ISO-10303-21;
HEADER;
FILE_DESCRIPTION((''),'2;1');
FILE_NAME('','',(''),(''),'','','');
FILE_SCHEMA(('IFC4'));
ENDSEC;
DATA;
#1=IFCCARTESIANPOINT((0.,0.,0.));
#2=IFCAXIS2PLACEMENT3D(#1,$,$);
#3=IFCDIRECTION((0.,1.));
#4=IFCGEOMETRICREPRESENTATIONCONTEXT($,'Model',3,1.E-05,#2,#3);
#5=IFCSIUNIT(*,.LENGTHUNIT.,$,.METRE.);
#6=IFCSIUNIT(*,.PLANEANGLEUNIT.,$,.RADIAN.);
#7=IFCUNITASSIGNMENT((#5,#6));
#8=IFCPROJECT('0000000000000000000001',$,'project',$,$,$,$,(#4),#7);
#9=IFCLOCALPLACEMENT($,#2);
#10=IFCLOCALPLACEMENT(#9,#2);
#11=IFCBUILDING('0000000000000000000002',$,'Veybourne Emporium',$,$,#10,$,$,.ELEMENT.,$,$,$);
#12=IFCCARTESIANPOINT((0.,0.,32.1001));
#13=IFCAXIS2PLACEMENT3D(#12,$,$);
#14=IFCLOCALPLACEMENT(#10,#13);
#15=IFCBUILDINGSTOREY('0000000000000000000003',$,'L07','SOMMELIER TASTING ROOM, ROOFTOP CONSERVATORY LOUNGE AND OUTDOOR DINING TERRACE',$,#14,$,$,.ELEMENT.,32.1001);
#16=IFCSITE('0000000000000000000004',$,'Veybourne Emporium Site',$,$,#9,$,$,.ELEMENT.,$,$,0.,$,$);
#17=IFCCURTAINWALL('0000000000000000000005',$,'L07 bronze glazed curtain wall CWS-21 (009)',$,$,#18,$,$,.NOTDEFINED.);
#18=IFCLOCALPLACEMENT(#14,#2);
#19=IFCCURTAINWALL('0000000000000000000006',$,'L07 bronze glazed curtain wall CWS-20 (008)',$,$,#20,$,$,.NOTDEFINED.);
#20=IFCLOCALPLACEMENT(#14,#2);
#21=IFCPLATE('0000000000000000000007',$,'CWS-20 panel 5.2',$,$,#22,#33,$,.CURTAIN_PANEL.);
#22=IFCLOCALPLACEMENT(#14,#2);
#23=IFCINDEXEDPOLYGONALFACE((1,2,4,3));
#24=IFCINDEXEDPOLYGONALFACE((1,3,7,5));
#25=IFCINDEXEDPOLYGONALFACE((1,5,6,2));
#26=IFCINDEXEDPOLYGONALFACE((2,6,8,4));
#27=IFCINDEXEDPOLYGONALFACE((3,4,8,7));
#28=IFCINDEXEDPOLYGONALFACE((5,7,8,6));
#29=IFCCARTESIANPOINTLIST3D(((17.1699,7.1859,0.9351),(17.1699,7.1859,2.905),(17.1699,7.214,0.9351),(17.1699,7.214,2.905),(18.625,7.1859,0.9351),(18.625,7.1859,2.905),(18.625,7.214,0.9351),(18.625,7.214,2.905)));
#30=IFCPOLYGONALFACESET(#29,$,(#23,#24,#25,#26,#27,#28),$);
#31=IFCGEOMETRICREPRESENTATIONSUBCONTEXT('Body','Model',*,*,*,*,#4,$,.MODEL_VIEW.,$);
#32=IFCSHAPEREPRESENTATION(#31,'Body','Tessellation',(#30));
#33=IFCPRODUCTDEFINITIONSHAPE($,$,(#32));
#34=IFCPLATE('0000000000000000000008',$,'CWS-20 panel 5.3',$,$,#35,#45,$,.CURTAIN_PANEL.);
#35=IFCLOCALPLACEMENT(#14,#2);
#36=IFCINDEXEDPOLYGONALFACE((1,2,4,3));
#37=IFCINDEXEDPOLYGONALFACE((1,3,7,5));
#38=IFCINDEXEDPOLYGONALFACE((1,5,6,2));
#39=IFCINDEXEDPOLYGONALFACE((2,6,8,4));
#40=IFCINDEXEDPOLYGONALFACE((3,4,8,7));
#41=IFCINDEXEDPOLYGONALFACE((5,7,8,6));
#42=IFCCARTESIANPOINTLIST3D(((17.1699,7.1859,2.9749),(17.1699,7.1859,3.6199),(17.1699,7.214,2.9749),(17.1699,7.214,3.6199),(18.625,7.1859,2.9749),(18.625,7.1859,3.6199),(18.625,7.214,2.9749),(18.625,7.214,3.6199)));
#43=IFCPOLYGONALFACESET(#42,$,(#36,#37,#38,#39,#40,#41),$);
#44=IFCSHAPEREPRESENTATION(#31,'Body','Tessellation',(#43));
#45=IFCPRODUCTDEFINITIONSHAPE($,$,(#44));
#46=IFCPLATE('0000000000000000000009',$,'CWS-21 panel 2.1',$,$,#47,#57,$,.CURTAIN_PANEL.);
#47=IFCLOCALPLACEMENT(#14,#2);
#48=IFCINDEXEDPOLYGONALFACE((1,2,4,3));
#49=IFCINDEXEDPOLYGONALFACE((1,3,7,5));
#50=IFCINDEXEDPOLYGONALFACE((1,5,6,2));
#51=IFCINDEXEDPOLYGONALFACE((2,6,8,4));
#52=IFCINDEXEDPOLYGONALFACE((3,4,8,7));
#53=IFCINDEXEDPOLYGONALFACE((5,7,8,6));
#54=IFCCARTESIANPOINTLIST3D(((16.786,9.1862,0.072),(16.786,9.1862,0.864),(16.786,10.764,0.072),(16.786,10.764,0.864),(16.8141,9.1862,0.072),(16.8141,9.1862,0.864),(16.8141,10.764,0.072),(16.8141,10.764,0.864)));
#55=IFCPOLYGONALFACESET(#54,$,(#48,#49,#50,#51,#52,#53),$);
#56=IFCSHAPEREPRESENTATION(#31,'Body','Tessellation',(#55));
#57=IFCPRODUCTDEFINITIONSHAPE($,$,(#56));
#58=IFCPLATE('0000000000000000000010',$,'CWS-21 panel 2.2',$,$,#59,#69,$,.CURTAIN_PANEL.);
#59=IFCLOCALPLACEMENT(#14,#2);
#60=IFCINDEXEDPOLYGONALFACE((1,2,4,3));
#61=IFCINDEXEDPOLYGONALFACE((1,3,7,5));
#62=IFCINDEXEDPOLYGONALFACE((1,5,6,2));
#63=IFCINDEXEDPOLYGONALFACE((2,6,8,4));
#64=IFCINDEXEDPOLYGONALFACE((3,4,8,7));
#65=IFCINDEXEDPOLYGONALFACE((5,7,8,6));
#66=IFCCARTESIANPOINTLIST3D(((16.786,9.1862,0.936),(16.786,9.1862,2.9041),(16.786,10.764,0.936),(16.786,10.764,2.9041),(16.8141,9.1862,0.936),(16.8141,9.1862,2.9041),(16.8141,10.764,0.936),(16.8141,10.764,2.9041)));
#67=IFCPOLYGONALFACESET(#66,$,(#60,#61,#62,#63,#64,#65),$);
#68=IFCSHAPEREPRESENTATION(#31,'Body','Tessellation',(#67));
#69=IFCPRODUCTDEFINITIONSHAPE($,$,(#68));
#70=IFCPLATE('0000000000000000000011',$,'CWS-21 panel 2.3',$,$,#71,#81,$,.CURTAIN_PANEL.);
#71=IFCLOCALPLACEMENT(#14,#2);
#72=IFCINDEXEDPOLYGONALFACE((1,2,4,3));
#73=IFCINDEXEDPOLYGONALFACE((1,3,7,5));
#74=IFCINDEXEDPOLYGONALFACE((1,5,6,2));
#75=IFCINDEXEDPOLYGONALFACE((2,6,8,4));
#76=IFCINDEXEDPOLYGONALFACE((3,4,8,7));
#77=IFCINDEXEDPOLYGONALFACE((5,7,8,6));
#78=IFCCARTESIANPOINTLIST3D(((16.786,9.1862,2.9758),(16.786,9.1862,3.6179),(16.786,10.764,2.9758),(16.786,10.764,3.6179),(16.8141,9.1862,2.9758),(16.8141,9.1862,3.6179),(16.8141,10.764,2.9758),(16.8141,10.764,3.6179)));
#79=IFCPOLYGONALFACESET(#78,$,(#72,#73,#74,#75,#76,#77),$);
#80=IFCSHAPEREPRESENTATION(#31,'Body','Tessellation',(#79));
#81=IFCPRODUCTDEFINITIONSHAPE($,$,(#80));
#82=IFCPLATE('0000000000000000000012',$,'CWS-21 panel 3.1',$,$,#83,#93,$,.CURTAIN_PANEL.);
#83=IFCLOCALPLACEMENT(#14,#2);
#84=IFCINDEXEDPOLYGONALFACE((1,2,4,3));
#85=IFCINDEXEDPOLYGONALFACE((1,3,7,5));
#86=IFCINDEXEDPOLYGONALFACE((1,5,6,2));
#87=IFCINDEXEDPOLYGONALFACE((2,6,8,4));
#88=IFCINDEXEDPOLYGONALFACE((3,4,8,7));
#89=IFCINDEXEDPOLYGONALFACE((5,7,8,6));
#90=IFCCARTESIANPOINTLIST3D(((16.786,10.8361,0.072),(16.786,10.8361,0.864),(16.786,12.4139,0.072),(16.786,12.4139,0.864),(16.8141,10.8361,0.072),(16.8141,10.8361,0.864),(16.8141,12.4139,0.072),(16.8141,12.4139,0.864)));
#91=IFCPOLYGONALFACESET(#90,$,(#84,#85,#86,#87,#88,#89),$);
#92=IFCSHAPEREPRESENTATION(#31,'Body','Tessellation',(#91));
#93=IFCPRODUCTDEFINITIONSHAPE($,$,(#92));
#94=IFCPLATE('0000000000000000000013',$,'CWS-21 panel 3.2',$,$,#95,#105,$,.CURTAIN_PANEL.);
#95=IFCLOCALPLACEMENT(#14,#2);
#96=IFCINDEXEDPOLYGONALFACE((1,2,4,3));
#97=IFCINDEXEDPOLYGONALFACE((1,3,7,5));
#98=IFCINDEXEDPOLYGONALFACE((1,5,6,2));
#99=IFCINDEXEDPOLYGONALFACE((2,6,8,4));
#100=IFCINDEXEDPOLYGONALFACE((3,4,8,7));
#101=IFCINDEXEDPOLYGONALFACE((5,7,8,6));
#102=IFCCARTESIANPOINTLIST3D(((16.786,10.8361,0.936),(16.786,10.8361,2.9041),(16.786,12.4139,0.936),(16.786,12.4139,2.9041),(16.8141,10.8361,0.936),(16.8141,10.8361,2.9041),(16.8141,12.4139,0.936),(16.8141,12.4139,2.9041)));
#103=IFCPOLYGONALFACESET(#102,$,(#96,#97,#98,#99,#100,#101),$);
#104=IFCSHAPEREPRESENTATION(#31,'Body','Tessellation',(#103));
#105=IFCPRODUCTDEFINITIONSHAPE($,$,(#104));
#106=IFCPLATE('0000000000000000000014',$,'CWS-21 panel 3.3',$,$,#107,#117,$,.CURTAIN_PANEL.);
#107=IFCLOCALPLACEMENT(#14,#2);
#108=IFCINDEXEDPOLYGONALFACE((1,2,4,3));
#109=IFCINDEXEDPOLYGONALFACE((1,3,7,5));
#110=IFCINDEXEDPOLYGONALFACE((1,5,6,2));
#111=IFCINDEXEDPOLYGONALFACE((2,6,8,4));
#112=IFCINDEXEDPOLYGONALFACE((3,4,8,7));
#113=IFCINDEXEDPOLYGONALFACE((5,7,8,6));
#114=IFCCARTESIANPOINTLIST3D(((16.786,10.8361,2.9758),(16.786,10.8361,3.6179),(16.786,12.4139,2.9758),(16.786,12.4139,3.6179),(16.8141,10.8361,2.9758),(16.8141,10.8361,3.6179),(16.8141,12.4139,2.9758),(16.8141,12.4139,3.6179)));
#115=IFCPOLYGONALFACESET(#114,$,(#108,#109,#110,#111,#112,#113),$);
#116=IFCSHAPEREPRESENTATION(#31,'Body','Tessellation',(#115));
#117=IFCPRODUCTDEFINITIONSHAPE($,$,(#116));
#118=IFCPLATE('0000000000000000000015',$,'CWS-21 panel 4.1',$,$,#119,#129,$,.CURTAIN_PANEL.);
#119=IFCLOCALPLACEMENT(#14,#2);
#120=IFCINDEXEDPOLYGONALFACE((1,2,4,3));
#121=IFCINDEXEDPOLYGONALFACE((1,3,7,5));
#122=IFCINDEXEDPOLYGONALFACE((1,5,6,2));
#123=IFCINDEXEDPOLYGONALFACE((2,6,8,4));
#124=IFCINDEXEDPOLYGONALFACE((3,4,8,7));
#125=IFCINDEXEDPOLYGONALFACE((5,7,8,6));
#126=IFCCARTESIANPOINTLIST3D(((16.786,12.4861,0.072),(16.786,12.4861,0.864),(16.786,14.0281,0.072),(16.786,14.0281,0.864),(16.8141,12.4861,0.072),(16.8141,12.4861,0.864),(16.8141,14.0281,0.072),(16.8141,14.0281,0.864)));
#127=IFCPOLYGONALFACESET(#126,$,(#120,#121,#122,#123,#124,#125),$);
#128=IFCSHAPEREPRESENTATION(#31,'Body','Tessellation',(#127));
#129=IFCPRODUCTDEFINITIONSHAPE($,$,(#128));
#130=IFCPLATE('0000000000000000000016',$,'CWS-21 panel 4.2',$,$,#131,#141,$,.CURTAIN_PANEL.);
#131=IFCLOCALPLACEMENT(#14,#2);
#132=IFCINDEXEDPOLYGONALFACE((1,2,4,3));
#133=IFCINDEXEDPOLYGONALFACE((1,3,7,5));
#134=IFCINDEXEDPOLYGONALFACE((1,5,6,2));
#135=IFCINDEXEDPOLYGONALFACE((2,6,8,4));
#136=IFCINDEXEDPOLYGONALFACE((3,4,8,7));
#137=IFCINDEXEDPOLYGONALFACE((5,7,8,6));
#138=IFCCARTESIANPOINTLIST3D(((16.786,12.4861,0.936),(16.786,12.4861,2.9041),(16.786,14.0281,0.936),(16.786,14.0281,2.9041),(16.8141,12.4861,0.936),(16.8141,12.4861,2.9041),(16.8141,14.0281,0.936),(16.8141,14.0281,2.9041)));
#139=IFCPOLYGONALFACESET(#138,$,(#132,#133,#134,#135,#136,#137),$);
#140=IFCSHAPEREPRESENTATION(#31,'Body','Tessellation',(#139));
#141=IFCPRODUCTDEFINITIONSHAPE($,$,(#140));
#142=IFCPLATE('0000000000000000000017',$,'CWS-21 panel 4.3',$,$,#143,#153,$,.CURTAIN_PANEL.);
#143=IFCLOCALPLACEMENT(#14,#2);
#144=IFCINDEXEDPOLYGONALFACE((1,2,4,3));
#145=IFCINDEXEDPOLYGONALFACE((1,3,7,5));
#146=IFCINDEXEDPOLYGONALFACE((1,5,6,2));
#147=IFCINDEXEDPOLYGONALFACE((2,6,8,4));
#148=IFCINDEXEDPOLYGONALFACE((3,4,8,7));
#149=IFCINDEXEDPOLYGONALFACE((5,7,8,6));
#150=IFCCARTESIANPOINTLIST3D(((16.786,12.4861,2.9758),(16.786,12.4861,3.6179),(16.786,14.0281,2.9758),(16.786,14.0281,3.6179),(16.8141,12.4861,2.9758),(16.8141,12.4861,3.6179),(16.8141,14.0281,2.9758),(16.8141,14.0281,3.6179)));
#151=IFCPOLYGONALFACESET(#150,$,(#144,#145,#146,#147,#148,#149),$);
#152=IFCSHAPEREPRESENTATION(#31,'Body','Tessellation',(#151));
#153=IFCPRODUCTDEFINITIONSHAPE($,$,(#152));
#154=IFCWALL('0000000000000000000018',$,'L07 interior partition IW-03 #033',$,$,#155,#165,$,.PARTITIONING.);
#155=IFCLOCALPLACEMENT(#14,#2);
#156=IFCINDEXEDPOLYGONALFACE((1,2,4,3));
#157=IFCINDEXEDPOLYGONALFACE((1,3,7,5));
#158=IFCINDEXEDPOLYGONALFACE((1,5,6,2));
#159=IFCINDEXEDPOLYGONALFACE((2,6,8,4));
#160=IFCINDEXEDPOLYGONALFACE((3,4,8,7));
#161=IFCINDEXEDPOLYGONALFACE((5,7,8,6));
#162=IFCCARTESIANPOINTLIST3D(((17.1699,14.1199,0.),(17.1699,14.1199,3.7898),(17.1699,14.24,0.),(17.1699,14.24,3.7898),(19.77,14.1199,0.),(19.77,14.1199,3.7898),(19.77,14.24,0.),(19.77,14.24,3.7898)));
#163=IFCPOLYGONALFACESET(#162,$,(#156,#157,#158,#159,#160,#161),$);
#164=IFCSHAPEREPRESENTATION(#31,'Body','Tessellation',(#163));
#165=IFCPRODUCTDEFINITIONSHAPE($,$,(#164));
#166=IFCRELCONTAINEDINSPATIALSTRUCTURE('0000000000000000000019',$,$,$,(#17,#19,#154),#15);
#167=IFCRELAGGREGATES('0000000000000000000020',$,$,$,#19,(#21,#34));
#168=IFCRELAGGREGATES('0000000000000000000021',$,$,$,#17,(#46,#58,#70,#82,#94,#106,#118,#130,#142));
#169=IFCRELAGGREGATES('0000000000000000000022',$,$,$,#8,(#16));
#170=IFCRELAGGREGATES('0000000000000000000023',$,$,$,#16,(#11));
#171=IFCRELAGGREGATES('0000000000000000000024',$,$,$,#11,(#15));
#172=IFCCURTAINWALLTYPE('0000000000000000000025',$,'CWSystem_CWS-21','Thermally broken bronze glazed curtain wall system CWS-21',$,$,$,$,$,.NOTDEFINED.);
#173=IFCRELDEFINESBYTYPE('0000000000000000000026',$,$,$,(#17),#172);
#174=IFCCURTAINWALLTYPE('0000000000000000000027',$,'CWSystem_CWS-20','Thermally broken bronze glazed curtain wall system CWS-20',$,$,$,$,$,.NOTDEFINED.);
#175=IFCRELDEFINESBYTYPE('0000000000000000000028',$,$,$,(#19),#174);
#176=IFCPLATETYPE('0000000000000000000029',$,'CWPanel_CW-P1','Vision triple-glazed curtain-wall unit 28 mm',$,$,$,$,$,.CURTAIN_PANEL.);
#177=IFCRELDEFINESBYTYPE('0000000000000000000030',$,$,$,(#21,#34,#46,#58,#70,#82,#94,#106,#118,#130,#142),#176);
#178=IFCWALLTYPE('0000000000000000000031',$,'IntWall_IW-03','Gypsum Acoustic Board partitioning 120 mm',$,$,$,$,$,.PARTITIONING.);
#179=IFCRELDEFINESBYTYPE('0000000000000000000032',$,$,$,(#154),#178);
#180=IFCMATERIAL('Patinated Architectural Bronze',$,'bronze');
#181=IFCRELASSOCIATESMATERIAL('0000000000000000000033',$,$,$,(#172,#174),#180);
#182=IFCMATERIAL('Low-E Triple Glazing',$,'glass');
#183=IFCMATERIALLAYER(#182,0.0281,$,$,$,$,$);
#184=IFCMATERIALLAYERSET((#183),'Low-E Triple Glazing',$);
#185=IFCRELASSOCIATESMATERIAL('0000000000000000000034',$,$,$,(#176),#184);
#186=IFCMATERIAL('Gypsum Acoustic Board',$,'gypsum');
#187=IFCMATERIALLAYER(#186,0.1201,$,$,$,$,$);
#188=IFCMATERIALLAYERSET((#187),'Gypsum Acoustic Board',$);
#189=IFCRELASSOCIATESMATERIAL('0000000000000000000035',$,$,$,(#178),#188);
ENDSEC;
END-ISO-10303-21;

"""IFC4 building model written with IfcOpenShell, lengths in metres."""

from ifc_helpers import new_model, si_unit, direction, frame, frame_2d, origin, origin_2d, place, context, subcontext, project, spatial, rectangle, extrude, material, layer, layer_set, type_object, element, aggregate, save


model = new_model("IFC4")

# Units and contexts
model_context = context("Model", 3, precision=1e-05, world=origin(), true_north=direction((0.0, 1.0)))
body_context = subcontext(model_context, "Body", "Model", "MODEL_VIEW")
ifc_project = project(units=[si_unit("LENGTHUNIT", "METRE"), si_unit("PLANEANGLEUNIT", "RADIAN")], contexts=[model_context])

# Site, building, storey
site_placement = place(None, origin())
site = spatial("IfcSite", under=ifc_project, at=site_placement, Name="Veybourne Emporium Site", CompositionType="ELEMENT", RefElevation=0.0)
building_placement = place(site_placement, origin())
building = spatial("IfcBuilding", under=site, at=building_placement, Name="Veybourne Emporium", CompositionType="ELEMENT")
storey_placement = place(building_placement, frame((0.0, 0.0, 32.1001)))
storey = spatial("IfcBuildingStorey", under=building, at=storey_placement, Name="L07", Description="SOMMELIER TASTING ROOM, ROOFTOP CONSERVATORY LOUNGE AND OUTDOOR DINING TERRACE", CompositionType="ELEMENT", Elevation=32.1001)

# Curtain walls
ifc_material_1 = material(Name="Patinated Architectural Bronze", Category="bronze")
curtain_wall_type_1 = type_object("IfcCurtainWallType", Name="CWSystem_CWS-21", Description="Thermally broken bronze glazed curtain wall system CWS-21", PredefinedType="NOTDEFINED", material=ifc_material_1)
curtain_wall_1_placement = place(storey_placement, origin())
curtain_wall_1 = element("IfcCurtainWall", 1, at=curtain_wall_1_placement, inside=storey, type_object=curtain_wall_type_1, Name="L07 bronze glazed curtain wall CWS-21 (009)", PredefinedType="NOTDEFINED")
curtain_wall_type_2 = type_object("IfcCurtainWallType", Name="CWSystem_CWS-20", Description="Thermally broken bronze glazed curtain wall system CWS-20", PredefinedType="NOTDEFINED", material=ifc_material_1)
curtain_wall_2_placement = place(storey_placement, origin())
curtain_wall_2 = element("IfcCurtainWall", 2, at=curtain_wall_2_placement, inside=storey, type_object=curtain_wall_type_2, Name="L07 bronze glazed curtain wall CWS-20 (008)", PredefinedType="NOTDEFINED")

# Plates
ifc_material_2 = material(Name="Low-E Triple Glazing", Category="glass")
ifc_layer_1 = layer(ifc_material_2, 0.0281)
ifc_layer_set_1 = layer_set([ifc_layer_1], Name="Low-E Triple Glazing")
plate_type = type_object("IfcPlateType", Name="CWPanel_CW-P1", Description="Vision triple-glazed curtain-wall unit 28 mm", PredefinedType="CURTAIN_PANEL", material=ifc_layer_set_1)
plate_1_placement = place(storey_placement, frame((17.8975, 7.2, 0.9351), z_axis=(0.0, 0.0, 1.0), x_axis=(-1.0, 0.0, 0.0)))
plate_1 = element("IfcPlate", 3, at=plate_1_placement, type_object=plate_type, Name="CWS-20 panel 5.2", PredefinedType="CURTAIN_PANEL", context=body_context, shape_type="SweptSolid", body=[
    extrude(rectangle(XDim=1.4551, YDim=0.0281, at=origin_2d()), origin(), (0.0, 0.0, 1.0), 1.97),
])
plate_2_placement = place(storey_placement, frame((17.8975, 7.2, 2.9749), z_axis=(0.0, 0.0, 1.0), x_axis=(-1.0, 0.0, 0.0)))
plate_2 = element("IfcPlate", 4, at=plate_2_placement, type_object=plate_type, Name="CWS-20 panel 5.3", PredefinedType="CURTAIN_PANEL", context=body_context, shape_type="SweptSolid", body=[
    extrude(rectangle(XDim=1.4551, YDim=0.0281, at=origin_2d()), origin(), (0.0, 0.0, 1.0), 0.645),
])
aggregate(curtain_wall_2, [plate_1, plate_2])
plate_3_placement = place(storey_placement, frame((16.8, 9.9751, 0.072), z_axis=(0.0, 0.0, 1.0), x_axis=(0.0, 1.0, 0.0)))
plate_3 = element("IfcPlate", 5, at=plate_3_placement, type_object=plate_type, Name="CWS-21 panel 2.1", PredefinedType="CURTAIN_PANEL", context=body_context, shape_type="SweptSolid", body=[
    extrude(rectangle(XDim=1.5779, YDim=0.0281, at=origin_2d()), origin(), (0.0, 0.0, 1.0), 0.792),
])
plate_4_placement = place(storey_placement, frame((16.8, 9.9751, 0.936), z_axis=(0.0, 0.0, 1.0), x_axis=(0.0, 1.0, 0.0)))
plate_4 = element("IfcPlate", 6, at=plate_4_placement, type_object=plate_type, Name="CWS-21 panel 2.2", PredefinedType="CURTAIN_PANEL", context=body_context, shape_type="SweptSolid", body=[
    extrude(rectangle(XDim=1.5779, YDim=0.0281, at=origin_2d()), origin(), (0.0, 0.0, 1.0), 1.968),
])
plate_5_placement = place(storey_placement, frame((16.8, 9.9751, 2.9758), z_axis=(0.0, 0.0, 1.0), x_axis=(0.0, 1.0, 0.0)))
plate_5 = element("IfcPlate", 7, at=plate_5_placement, type_object=plate_type, Name="CWS-21 panel 2.3", PredefinedType="CURTAIN_PANEL", context=body_context, shape_type="SweptSolid", body=[
    extrude(rectangle(XDim=1.5779, YDim=0.0281, at=origin_2d()), origin(), (0.0, 0.0, 1.0), 0.6421),
])
plate_6_placement = place(storey_placement, frame((16.8, 11.625, 0.072), z_axis=(0.0, 0.0, 1.0), x_axis=(0.0, 1.0, 0.0)))
plate_6 = element("IfcPlate", 8, at=plate_6_placement, type_object=plate_type, Name="CWS-21 panel 3.1", PredefinedType="CURTAIN_PANEL", context=body_context, shape_type="SweptSolid", body=[
    extrude(rectangle(XDim=1.5779, YDim=0.0281, at=origin_2d()), origin(), (0.0, 0.0, 1.0), 0.792),
])
plate_7_placement = place(storey_placement, frame((16.8, 11.625, 0.936), z_axis=(0.0, 0.0, 1.0), x_axis=(0.0, 1.0, 0.0)))
plate_7 = element("IfcPlate", 9, at=plate_7_placement, type_object=plate_type, Name="CWS-21 panel 3.2", PredefinedType="CURTAIN_PANEL", context=body_context, shape_type="SweptSolid", body=[
    extrude(rectangle(XDim=1.5779, YDim=0.0281, at=origin_2d()), origin(), (0.0, 0.0, 1.0), 1.968),
])
plate_8_placement = place(storey_placement, frame((16.8, 11.625, 2.9758), z_axis=(0.0, 0.0, 1.0), x_axis=(0.0, 1.0, 0.0)))
plate_8 = element("IfcPlate", 10, at=plate_8_placement, type_object=plate_type, Name="CWS-21 panel 3.3", PredefinedType="CURTAIN_PANEL", context=body_context, shape_type="SweptSolid", body=[
    extrude(rectangle(XDim=1.5779, YDim=0.0281, at=origin_2d()), origin(), (0.0, 0.0, 1.0), 0.6421),
])
plate_9_placement = place(storey_placement, frame((16.8, 13.2571, 0.072), z_axis=(0.0, 0.0, 1.0), x_axis=(0.0, 1.0, 0.0)))
plate_9 = element("IfcPlate", 11, at=plate_9_placement, type_object=plate_type, Name="CWS-21 panel 4.1", PredefinedType="CURTAIN_PANEL", context=body_context, shape_type="SweptSolid", body=[
    extrude(rectangle(XDim=1.542, YDim=0.0281, at=origin_2d()), origin(), (0.0, 0.0, 1.0), 0.792),
])
plate_10_placement = place(storey_placement, frame((16.8, 13.2571, 0.936), z_axis=(0.0, 0.0, 1.0), x_axis=(0.0, 1.0, 0.0)))
plate_10 = element("IfcPlate", 12, at=plate_10_placement, type_object=plate_type, Name="CWS-21 panel 4.2", PredefinedType="CURTAIN_PANEL", context=body_context, shape_type="SweptSolid", body=[
    extrude(rectangle(XDim=1.542, YDim=0.0281, at=origin_2d()), origin(), (0.0, 0.0, 1.0), 1.968),
])
plate_11_placement = place(storey_placement, frame((16.8, 13.2571, 2.9758), z_axis=(0.0, 0.0, 1.0), x_axis=(0.0, 1.0, 0.0)))
plate_11 = element("IfcPlate", 13, at=plate_11_placement, type_object=plate_type, Name="CWS-21 panel 4.3", PredefinedType="CURTAIN_PANEL", context=body_context, shape_type="SweptSolid", body=[
    extrude(rectangle(XDim=1.542, YDim=0.0281, at=origin_2d()), origin(), (0.0, 0.0, 1.0), 0.6421),
])
aggregate(curtain_wall_1, [plate_3, plate_4, plate_5, plate_6, plate_7, plate_8, plate_9, plate_10, plate_11])

# Wall
ifc_material_3 = material(Name="Gypsum Acoustic Board", Category="gypsum")
ifc_layer_2 = layer(ifc_material_3, 0.1201)
ifc_layer_set_2 = layer_set([ifc_layer_2], Name="Gypsum Acoustic Board")
wall_type = type_object("IfcWallType", Name="IntWall_IW-03", Description="Gypsum Acoustic Board partitioning 120 mm", PredefinedType="PARTITIONING", material=ifc_layer_set_2)
wall_placement = place(storey_placement, frame((17.1699, 14.1799, 0.0), z_axis=(0.0, 0.0, 1.0), x_axis=(1.0, 0.0, 0.0)))
element("IfcWall", 14, at=wall_placement, inside=storey, type_object=wall_type, Name="L07 interior partition IW-03 #033", PredefinedType="PARTITIONING", context=body_context, shape_type="SweptSolid", body=[
    extrude(rectangle(XDim=2.6001, YDim=0.1201, at=frame_2d((1.3, 0.0))), origin(), (0.0, 0.0, 1.0), 3.7898),
])

save(model, "model.ifc")
